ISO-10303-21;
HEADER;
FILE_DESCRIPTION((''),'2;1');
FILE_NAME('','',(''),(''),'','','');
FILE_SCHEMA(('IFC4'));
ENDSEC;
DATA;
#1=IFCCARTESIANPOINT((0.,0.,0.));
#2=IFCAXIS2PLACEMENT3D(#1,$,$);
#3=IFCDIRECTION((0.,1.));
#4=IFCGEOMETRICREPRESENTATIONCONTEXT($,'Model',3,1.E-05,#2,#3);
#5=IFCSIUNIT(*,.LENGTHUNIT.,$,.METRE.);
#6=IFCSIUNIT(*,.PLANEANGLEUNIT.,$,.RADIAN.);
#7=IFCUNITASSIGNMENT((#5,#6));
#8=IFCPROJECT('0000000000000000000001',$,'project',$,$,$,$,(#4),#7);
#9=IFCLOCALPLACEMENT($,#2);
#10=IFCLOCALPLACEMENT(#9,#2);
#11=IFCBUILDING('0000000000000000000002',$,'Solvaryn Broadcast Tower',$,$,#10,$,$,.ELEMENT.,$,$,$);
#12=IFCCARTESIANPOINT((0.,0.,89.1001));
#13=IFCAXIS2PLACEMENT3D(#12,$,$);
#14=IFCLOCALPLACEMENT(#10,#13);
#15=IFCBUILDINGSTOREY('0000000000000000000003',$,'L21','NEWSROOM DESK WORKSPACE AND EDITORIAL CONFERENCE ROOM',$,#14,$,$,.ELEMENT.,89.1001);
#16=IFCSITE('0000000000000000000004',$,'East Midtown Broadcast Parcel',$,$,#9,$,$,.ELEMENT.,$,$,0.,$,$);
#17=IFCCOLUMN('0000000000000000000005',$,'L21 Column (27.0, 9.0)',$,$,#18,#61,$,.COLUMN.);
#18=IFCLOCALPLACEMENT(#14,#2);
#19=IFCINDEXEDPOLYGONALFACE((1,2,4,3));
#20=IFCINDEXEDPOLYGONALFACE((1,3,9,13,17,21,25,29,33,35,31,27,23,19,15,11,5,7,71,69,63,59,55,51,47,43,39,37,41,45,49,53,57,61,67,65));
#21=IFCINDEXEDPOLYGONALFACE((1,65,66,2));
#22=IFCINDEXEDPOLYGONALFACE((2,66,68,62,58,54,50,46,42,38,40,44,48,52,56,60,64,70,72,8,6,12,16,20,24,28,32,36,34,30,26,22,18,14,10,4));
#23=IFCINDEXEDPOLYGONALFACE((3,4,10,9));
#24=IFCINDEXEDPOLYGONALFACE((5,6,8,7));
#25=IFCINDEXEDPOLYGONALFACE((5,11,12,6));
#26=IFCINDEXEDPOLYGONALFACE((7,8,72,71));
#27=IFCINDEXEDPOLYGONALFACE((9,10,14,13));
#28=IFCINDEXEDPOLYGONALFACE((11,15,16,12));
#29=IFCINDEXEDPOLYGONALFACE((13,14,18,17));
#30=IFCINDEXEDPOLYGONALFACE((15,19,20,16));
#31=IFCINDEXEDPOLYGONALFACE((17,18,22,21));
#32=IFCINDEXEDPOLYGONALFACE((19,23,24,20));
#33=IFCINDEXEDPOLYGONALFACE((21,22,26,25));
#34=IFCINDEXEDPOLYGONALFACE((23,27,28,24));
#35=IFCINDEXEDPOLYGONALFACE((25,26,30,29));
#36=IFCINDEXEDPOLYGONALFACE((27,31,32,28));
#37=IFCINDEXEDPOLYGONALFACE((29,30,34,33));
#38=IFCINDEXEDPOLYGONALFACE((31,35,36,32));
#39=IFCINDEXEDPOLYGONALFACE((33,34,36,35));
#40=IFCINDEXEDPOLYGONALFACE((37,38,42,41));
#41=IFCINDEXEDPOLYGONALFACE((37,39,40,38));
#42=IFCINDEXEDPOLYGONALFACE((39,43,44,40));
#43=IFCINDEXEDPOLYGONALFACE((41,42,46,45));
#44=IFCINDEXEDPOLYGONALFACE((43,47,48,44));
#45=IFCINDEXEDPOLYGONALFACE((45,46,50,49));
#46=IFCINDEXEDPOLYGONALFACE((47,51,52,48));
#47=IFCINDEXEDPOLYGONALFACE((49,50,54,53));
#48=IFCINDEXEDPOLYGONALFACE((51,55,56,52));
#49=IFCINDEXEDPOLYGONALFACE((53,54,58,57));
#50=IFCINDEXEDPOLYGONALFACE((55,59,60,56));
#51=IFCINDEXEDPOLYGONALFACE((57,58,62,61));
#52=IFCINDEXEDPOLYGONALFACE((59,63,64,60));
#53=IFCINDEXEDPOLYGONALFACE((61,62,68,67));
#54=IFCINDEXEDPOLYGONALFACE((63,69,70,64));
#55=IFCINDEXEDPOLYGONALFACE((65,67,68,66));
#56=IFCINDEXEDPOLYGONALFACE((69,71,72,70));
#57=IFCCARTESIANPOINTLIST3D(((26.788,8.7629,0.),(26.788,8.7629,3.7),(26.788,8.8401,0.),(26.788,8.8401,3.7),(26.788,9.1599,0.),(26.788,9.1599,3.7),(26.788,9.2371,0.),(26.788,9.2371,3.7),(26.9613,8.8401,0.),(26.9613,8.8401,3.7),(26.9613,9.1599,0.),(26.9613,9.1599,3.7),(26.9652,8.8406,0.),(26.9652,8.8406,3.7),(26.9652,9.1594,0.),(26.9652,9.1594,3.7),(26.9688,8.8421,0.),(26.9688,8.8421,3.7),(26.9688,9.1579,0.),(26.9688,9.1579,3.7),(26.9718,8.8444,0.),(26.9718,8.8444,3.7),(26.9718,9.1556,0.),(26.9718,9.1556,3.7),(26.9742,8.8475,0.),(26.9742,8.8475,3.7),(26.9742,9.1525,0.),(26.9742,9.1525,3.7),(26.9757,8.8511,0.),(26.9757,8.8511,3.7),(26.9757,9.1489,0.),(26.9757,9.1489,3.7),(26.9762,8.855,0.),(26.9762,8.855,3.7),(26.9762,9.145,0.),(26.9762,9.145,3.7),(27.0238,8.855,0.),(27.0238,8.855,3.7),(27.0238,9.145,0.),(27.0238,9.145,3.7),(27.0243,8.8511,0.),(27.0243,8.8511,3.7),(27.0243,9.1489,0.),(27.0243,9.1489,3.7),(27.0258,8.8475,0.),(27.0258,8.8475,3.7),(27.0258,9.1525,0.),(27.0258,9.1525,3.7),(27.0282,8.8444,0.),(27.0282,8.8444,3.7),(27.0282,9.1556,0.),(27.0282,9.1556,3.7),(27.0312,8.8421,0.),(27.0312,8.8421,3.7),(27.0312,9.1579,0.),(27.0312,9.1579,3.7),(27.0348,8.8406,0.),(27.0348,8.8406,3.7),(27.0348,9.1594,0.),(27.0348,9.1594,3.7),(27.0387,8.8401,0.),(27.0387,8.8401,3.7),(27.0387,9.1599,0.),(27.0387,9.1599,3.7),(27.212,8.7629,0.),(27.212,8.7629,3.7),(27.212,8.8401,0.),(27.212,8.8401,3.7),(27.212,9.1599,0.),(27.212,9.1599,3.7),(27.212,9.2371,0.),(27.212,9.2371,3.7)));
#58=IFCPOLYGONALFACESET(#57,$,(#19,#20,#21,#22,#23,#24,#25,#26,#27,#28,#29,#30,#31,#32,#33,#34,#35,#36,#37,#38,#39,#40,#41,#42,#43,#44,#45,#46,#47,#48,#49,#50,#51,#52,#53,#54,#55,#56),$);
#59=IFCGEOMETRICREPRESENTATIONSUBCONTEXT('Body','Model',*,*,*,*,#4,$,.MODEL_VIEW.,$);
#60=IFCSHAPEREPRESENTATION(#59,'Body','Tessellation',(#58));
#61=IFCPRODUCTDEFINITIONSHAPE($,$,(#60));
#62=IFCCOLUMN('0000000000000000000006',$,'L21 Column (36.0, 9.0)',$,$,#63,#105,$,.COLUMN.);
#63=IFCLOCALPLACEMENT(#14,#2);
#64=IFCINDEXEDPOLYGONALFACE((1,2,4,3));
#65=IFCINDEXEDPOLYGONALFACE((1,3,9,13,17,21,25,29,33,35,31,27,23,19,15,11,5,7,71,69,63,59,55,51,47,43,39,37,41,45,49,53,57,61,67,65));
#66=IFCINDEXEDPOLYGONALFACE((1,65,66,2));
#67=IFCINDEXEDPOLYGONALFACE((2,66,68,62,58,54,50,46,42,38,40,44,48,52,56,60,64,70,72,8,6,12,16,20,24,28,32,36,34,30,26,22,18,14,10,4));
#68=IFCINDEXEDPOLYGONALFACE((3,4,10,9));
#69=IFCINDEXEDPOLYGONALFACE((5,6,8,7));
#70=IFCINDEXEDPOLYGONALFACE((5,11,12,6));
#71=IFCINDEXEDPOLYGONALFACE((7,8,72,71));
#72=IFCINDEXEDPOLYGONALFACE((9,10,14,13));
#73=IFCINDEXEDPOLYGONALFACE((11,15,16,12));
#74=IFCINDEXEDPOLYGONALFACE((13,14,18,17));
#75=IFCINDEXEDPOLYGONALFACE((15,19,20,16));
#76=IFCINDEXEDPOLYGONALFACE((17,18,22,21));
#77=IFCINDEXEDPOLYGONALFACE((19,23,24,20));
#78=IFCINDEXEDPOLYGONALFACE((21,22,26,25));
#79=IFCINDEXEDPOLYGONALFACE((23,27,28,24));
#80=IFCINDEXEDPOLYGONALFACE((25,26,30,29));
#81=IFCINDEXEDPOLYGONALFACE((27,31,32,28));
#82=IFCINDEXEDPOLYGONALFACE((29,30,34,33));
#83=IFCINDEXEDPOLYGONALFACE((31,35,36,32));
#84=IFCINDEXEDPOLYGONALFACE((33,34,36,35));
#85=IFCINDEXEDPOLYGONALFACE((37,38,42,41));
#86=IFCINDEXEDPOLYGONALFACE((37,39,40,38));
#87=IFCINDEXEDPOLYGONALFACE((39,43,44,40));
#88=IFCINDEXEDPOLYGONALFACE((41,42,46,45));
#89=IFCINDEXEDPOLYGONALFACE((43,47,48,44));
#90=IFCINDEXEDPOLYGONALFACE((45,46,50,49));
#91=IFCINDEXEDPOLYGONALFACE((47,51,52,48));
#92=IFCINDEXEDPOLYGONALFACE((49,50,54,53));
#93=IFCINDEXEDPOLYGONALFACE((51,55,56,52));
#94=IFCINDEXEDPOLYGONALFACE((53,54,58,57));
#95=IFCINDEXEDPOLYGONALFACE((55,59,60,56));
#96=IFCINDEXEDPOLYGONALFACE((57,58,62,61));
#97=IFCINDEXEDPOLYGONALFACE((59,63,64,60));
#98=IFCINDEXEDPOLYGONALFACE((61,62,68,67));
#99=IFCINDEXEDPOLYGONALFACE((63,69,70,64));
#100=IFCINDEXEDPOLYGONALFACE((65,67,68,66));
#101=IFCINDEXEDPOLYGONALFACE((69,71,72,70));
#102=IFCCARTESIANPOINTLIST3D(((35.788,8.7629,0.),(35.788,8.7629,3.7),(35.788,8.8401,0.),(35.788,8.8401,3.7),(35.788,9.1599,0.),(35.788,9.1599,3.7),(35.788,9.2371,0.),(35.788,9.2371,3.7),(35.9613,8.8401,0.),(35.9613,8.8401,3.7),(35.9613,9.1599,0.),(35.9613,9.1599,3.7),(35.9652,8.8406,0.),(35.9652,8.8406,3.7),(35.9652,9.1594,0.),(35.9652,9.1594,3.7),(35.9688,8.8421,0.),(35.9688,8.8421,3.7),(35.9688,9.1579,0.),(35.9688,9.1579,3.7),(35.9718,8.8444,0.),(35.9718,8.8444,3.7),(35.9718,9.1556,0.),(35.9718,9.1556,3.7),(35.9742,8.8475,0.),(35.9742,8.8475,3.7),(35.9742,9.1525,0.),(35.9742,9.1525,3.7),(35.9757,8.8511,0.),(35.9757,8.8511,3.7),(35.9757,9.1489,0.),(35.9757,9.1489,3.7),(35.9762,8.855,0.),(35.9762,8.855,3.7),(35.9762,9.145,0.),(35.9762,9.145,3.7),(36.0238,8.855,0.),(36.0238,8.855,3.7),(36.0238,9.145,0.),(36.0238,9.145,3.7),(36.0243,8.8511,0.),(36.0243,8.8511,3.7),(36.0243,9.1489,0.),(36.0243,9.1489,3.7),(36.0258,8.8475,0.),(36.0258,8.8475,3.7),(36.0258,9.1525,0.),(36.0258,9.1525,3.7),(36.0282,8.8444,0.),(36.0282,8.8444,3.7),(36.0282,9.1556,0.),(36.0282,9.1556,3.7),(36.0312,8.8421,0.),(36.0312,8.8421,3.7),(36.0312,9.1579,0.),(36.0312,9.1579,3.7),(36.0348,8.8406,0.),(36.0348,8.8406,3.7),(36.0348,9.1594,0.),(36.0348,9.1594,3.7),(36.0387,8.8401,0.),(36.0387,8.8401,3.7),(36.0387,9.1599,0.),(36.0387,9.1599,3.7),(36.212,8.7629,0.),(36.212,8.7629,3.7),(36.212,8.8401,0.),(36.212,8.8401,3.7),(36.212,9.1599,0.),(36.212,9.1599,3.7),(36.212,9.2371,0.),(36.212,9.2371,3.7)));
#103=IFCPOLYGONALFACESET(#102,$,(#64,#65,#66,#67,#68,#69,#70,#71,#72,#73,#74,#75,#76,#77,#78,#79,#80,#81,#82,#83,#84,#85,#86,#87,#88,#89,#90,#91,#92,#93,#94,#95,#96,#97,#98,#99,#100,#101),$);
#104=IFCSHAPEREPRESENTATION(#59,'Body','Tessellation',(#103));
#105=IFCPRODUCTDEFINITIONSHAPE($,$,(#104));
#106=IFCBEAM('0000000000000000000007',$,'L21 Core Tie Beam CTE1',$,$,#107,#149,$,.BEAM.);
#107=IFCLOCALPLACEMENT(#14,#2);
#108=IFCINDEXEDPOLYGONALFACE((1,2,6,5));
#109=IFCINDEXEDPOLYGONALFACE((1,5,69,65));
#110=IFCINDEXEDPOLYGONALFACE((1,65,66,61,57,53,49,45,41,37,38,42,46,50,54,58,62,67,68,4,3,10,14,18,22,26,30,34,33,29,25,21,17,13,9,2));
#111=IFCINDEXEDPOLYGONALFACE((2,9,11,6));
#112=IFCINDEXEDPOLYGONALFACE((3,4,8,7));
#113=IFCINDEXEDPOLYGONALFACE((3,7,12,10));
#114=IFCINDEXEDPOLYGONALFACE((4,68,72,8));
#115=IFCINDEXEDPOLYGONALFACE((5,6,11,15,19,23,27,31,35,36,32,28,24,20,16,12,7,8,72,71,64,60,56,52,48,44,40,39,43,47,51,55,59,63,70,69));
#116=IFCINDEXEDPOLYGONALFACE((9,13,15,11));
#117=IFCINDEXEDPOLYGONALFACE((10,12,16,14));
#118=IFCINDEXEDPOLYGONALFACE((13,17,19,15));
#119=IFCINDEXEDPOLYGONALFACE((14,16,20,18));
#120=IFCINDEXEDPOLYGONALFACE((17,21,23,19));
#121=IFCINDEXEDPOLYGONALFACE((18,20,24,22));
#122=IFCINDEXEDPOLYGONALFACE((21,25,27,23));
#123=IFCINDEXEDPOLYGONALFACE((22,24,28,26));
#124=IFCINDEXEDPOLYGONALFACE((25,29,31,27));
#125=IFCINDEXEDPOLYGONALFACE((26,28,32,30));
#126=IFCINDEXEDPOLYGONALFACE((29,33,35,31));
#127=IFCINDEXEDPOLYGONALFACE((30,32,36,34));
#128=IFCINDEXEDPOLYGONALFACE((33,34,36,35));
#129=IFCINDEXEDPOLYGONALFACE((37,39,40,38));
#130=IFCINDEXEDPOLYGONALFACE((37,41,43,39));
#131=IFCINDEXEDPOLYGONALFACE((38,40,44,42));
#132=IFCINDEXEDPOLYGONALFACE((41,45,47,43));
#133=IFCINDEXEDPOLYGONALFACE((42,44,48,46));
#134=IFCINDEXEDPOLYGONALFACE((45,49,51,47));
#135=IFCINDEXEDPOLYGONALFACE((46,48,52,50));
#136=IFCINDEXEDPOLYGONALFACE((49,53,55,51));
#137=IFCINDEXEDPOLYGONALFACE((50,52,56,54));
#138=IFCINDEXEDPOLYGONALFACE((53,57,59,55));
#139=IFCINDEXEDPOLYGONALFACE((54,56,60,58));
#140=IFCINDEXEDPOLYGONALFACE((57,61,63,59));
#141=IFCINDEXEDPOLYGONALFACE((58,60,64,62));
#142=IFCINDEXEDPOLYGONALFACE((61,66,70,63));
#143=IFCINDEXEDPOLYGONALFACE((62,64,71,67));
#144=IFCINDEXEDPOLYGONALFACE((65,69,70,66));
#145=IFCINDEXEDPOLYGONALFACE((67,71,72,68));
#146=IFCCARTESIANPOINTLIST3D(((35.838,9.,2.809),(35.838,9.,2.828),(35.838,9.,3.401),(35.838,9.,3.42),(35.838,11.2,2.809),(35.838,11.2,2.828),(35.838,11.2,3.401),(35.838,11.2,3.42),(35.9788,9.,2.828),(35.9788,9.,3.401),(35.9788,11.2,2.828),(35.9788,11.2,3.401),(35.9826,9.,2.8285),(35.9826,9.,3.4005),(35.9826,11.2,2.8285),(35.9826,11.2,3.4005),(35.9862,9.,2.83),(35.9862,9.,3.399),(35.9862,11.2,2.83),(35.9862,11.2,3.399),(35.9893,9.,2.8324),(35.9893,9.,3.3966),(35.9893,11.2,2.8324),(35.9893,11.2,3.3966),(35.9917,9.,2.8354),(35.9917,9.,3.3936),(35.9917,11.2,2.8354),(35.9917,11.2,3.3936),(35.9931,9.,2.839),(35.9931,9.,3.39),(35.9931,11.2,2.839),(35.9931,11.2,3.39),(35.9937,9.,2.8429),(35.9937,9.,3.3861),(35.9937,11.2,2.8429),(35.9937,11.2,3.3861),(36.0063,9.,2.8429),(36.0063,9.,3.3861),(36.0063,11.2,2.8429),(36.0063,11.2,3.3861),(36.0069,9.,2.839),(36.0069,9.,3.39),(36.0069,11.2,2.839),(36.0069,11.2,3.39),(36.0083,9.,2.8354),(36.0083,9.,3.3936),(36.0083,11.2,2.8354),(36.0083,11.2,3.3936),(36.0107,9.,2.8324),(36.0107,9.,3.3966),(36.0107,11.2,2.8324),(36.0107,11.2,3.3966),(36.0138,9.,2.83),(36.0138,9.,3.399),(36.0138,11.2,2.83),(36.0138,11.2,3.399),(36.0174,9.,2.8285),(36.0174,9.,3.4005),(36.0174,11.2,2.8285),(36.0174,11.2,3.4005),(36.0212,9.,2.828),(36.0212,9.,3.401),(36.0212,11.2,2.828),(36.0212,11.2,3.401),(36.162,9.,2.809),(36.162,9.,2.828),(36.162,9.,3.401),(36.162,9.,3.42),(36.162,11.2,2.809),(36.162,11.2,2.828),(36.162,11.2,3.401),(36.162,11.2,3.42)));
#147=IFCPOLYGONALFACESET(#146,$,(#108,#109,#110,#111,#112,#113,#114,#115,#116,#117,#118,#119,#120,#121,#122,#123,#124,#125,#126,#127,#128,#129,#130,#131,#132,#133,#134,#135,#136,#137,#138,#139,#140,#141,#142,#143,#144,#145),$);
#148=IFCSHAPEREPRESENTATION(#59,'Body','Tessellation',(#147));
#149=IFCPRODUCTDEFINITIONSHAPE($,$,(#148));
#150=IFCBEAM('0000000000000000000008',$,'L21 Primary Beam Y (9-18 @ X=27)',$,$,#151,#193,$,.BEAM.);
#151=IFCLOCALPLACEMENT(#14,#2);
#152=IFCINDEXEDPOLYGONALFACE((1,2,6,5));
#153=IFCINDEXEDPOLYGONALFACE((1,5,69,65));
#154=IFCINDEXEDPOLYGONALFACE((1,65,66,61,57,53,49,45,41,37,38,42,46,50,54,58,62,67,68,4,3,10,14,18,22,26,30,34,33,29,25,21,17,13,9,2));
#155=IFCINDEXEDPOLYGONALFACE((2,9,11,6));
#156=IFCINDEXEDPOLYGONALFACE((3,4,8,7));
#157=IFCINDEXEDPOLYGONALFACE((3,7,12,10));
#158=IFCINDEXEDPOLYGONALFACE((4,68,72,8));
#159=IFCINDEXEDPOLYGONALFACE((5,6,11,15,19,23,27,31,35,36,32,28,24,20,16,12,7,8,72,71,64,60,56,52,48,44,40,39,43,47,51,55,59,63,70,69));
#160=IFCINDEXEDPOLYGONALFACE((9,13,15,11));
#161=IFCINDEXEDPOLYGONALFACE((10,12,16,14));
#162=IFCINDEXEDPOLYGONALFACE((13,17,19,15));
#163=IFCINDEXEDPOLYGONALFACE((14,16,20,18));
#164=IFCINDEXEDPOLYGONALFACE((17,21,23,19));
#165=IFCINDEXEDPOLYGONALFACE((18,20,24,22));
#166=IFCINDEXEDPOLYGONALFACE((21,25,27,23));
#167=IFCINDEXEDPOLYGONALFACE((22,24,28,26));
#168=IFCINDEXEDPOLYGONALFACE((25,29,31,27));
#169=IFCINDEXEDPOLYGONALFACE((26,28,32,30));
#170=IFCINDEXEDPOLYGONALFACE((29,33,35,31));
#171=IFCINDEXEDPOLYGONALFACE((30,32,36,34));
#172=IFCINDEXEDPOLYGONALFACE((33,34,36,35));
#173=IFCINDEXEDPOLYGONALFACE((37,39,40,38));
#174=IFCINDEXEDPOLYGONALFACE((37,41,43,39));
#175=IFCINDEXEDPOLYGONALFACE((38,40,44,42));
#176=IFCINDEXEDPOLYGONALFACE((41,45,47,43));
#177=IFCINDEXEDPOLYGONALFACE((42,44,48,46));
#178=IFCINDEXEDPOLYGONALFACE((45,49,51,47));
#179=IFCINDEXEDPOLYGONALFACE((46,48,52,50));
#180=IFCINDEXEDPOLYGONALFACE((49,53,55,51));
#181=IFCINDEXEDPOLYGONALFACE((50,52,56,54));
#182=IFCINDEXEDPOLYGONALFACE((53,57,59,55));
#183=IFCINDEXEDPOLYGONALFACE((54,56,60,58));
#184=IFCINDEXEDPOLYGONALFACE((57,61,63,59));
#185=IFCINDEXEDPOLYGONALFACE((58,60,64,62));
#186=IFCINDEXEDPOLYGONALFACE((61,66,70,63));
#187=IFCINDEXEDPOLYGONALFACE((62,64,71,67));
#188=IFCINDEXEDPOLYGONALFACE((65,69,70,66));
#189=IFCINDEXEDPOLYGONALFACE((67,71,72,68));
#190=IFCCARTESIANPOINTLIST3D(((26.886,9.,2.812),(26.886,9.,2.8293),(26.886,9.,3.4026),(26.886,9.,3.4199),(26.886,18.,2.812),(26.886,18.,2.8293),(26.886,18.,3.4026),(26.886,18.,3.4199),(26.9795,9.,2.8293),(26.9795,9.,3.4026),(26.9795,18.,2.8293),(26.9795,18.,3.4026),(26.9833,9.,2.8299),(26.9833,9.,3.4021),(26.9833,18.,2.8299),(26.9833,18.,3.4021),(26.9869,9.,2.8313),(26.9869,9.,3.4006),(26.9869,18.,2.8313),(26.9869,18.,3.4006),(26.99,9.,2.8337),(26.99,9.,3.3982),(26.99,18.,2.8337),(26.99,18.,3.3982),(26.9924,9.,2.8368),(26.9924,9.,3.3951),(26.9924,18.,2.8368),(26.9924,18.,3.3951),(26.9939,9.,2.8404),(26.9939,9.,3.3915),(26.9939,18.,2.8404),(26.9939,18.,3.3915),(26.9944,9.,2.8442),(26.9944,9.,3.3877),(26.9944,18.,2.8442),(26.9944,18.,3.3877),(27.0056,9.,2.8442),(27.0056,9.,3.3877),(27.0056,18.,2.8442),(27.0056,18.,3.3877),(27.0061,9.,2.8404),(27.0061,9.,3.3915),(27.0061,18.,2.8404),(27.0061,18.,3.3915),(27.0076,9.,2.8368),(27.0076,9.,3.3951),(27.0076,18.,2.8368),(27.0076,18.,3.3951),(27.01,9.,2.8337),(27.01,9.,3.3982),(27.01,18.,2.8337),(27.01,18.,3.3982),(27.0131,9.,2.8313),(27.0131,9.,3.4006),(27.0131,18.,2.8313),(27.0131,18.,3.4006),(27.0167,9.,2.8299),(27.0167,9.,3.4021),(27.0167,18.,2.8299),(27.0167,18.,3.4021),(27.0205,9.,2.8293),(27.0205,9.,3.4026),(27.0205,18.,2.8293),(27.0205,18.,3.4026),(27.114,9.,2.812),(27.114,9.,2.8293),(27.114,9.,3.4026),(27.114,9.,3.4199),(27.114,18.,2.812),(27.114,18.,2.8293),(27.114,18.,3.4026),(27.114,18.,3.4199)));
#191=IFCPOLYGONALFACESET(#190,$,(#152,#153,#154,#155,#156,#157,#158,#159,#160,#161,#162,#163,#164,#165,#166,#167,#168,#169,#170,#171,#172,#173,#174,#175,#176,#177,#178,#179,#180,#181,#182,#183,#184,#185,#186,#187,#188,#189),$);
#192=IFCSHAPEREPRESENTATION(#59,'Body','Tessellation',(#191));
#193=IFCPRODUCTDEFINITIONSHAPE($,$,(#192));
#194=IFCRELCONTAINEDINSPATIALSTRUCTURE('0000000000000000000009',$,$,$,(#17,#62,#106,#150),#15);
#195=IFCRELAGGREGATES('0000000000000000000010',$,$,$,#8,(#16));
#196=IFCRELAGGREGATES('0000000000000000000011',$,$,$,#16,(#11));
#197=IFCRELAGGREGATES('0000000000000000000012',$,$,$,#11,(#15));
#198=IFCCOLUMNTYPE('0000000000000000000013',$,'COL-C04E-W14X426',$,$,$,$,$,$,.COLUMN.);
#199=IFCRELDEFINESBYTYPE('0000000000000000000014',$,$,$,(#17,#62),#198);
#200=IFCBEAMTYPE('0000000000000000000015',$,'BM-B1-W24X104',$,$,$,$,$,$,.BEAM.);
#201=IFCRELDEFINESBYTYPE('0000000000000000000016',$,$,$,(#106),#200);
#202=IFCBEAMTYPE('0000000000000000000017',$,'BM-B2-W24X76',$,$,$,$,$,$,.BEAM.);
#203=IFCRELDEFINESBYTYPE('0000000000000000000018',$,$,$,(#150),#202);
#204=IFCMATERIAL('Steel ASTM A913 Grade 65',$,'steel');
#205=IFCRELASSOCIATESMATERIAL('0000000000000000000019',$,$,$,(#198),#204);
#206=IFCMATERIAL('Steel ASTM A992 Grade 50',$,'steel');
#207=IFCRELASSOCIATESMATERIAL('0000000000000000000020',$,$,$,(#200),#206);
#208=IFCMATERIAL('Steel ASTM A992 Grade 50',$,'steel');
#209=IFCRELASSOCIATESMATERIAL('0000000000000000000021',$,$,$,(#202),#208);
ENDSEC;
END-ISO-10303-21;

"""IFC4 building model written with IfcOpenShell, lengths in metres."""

from ifc_helpers import new_model, si_unit, direction, frame, origin, origin_2d, place, context, subcontext, project, spatial, i_section, extrude, material, material_profile, profile_set, type_object, element, save


model = new_model("IFC4")

# Units and contexts
model_context = context("Model", 3, precision=1e-05, world=origin(), true_north=direction((0.0, 1.0)))
body_context = subcontext(model_context, "Body", "Model", "MODEL_VIEW")
ifc_project = project(units=[si_unit("LENGTHUNIT", "METRE"), si_unit("PLANEANGLEUNIT", "RADIAN")], contexts=[model_context])

# Site, building, storey
site_placement = place(None, origin())
site = spatial("IfcSite", under=ifc_project, at=site_placement, Name="East Midtown Broadcast Parcel", CompositionType="ELEMENT", RefElevation=0.0)
building_placement = place(site_placement, origin())
building = spatial("IfcBuilding", under=site, at=building_placement, Name="Solvaryn Broadcast Tower", CompositionType="ELEMENT")
storey_placement = place(building_placement, frame((0.0, 0.0, 89.1001)))
storey = spatial("IfcBuildingStorey", under=building, at=storey_placement, Name="L21", Description="NEWSROOM DESK WORKSPACE AND EDITORIAL CONFERENCE ROOM", CompositionType="ELEMENT", Elevation=89.1001)

# Columns
ifc_material_1 = material(Name="Steel ASTM A913 Grade 65", Category="steel")
ifc_material_profile_1 = material_profile(ifc_material_1, i_section(OverallWidth=0.4241, OverallDepth=0.4741, WebThickness=0.0476, FlangeThickness=0.0771, FilletRadius=0.0149, at=origin_2d()))
ifc_profile_set_1 = profile_set([ifc_material_profile_1], Name="Steel ASTM A913 Grade 65")
column_type = type_object("IfcColumnType", Name="COL-C04E-W14X426", PredefinedType="COLUMN", material=ifc_profile_set_1)
for number, where, z_axis, x_axis, name in (
    (1, (27.0, 9.0, 0.0), (0.0, 0.0, 1.0), (1.0, 0.0, 0.0), "L21 Column (27.0, 9.0)"),
    (2, (36.0, 9.0, 0.0), (0.0, 0.0, 1.0), (1.0, 0.0, 0.0), "L21 Column (36.0, 9.0)"),
):
    element("IfcColumn", number, at=place(storey_placement, frame(where, z_axis=z_axis, x_axis=x_axis)), inside=storey, type_object=column_type, Name=name, PredefinedType="COLUMN", context=body_context, shape_type="SweptSolid", body=[
        extrude(i_section(OverallWidth=0.4241, OverallDepth=0.4741, WebThickness=0.0476, FlangeThickness=0.0771, FilletRadius=0.0149, at=origin_2d()), origin(), (0.0, 0.0, 1.0), 3.7),
    ])

# Beams
ifc_material_2 = material(Name="Steel ASTM A992 Grade 50", Category="steel")
ifc_material_profile_2 = material_profile(ifc_material_2, i_section(OverallWidth=0.324, OverallDepth=0.6111, WebThickness=0.0127, FlangeThickness=0.019, FilletRadius=0.0149, at=origin_2d()))
ifc_profile_set_2 = profile_set([ifc_material_profile_2], Name="Steel ASTM A992 Grade 50")
beam_type_1 = type_object("IfcBeamType", Name="BM-B1-W24X104", PredefinedType="BEAM", material=ifc_profile_set_2)
beam_1_placement = place(storey_placement, frame((36.0, 9.0, 3.1145), z_axis=(0.0, 1.0, 0.0), x_axis=(-1.0, 0.0, 0.0)))
element("IfcBeam", 3, at=beam_1_placement, inside=storey, type_object=beam_type_1, Name="L21 Core Tie Beam CTE1", PredefinedType="BEAM", context=body_context, shape_type="SweptSolid", body=[
    extrude(i_section(OverallWidth=0.324, OverallDepth=0.6111, WebThickness=0.0127, FlangeThickness=0.019, FilletRadius=0.0149, at=origin_2d()), origin(), (0.0, 0.0, 1.0), 2.2),
])
ifc_material_3 = material(Name="Steel ASTM A992 Grade 50", Category="steel")
ifc_material_profile_3 = material_profile(ifc_material_3, i_section(OverallWidth=0.228, OverallDepth=0.6079, WebThickness=0.0112, FlangeThickness=0.0173, FilletRadius=0.0149, at=origin_2d()))
ifc_profile_set_3 = profile_set([ifc_material_profile_3], Name="Steel ASTM A992 Grade 50")
beam_type_2 = type_object("IfcBeamType", Name="BM-B2-W24X76", PredefinedType="BEAM", material=ifc_profile_set_3)
beam_2_placement = place(storey_placement, frame((27.0, 9.0, 3.116), z_axis=(0.0, 1.0, 0.0), x_axis=(-1.0, 0.0, 0.0)))
element("IfcBeam", 4, at=beam_2_placement, inside=storey, type_object=beam_type_2, Name="L21 Primary Beam Y (9-18 @ X=27)", PredefinedType="BEAM", context=body_context, shape_type="SweptSolid", body=[
    extrude(i_section(OverallWidth=0.228, OverallDepth=0.6079, WebThickness=0.0112, FlangeThickness=0.0173, FilletRadius=0.0149, at=origin_2d()), origin(), (0.0, 0.0, 1.0), 9.0),
])

save(model, "model.ifc")
